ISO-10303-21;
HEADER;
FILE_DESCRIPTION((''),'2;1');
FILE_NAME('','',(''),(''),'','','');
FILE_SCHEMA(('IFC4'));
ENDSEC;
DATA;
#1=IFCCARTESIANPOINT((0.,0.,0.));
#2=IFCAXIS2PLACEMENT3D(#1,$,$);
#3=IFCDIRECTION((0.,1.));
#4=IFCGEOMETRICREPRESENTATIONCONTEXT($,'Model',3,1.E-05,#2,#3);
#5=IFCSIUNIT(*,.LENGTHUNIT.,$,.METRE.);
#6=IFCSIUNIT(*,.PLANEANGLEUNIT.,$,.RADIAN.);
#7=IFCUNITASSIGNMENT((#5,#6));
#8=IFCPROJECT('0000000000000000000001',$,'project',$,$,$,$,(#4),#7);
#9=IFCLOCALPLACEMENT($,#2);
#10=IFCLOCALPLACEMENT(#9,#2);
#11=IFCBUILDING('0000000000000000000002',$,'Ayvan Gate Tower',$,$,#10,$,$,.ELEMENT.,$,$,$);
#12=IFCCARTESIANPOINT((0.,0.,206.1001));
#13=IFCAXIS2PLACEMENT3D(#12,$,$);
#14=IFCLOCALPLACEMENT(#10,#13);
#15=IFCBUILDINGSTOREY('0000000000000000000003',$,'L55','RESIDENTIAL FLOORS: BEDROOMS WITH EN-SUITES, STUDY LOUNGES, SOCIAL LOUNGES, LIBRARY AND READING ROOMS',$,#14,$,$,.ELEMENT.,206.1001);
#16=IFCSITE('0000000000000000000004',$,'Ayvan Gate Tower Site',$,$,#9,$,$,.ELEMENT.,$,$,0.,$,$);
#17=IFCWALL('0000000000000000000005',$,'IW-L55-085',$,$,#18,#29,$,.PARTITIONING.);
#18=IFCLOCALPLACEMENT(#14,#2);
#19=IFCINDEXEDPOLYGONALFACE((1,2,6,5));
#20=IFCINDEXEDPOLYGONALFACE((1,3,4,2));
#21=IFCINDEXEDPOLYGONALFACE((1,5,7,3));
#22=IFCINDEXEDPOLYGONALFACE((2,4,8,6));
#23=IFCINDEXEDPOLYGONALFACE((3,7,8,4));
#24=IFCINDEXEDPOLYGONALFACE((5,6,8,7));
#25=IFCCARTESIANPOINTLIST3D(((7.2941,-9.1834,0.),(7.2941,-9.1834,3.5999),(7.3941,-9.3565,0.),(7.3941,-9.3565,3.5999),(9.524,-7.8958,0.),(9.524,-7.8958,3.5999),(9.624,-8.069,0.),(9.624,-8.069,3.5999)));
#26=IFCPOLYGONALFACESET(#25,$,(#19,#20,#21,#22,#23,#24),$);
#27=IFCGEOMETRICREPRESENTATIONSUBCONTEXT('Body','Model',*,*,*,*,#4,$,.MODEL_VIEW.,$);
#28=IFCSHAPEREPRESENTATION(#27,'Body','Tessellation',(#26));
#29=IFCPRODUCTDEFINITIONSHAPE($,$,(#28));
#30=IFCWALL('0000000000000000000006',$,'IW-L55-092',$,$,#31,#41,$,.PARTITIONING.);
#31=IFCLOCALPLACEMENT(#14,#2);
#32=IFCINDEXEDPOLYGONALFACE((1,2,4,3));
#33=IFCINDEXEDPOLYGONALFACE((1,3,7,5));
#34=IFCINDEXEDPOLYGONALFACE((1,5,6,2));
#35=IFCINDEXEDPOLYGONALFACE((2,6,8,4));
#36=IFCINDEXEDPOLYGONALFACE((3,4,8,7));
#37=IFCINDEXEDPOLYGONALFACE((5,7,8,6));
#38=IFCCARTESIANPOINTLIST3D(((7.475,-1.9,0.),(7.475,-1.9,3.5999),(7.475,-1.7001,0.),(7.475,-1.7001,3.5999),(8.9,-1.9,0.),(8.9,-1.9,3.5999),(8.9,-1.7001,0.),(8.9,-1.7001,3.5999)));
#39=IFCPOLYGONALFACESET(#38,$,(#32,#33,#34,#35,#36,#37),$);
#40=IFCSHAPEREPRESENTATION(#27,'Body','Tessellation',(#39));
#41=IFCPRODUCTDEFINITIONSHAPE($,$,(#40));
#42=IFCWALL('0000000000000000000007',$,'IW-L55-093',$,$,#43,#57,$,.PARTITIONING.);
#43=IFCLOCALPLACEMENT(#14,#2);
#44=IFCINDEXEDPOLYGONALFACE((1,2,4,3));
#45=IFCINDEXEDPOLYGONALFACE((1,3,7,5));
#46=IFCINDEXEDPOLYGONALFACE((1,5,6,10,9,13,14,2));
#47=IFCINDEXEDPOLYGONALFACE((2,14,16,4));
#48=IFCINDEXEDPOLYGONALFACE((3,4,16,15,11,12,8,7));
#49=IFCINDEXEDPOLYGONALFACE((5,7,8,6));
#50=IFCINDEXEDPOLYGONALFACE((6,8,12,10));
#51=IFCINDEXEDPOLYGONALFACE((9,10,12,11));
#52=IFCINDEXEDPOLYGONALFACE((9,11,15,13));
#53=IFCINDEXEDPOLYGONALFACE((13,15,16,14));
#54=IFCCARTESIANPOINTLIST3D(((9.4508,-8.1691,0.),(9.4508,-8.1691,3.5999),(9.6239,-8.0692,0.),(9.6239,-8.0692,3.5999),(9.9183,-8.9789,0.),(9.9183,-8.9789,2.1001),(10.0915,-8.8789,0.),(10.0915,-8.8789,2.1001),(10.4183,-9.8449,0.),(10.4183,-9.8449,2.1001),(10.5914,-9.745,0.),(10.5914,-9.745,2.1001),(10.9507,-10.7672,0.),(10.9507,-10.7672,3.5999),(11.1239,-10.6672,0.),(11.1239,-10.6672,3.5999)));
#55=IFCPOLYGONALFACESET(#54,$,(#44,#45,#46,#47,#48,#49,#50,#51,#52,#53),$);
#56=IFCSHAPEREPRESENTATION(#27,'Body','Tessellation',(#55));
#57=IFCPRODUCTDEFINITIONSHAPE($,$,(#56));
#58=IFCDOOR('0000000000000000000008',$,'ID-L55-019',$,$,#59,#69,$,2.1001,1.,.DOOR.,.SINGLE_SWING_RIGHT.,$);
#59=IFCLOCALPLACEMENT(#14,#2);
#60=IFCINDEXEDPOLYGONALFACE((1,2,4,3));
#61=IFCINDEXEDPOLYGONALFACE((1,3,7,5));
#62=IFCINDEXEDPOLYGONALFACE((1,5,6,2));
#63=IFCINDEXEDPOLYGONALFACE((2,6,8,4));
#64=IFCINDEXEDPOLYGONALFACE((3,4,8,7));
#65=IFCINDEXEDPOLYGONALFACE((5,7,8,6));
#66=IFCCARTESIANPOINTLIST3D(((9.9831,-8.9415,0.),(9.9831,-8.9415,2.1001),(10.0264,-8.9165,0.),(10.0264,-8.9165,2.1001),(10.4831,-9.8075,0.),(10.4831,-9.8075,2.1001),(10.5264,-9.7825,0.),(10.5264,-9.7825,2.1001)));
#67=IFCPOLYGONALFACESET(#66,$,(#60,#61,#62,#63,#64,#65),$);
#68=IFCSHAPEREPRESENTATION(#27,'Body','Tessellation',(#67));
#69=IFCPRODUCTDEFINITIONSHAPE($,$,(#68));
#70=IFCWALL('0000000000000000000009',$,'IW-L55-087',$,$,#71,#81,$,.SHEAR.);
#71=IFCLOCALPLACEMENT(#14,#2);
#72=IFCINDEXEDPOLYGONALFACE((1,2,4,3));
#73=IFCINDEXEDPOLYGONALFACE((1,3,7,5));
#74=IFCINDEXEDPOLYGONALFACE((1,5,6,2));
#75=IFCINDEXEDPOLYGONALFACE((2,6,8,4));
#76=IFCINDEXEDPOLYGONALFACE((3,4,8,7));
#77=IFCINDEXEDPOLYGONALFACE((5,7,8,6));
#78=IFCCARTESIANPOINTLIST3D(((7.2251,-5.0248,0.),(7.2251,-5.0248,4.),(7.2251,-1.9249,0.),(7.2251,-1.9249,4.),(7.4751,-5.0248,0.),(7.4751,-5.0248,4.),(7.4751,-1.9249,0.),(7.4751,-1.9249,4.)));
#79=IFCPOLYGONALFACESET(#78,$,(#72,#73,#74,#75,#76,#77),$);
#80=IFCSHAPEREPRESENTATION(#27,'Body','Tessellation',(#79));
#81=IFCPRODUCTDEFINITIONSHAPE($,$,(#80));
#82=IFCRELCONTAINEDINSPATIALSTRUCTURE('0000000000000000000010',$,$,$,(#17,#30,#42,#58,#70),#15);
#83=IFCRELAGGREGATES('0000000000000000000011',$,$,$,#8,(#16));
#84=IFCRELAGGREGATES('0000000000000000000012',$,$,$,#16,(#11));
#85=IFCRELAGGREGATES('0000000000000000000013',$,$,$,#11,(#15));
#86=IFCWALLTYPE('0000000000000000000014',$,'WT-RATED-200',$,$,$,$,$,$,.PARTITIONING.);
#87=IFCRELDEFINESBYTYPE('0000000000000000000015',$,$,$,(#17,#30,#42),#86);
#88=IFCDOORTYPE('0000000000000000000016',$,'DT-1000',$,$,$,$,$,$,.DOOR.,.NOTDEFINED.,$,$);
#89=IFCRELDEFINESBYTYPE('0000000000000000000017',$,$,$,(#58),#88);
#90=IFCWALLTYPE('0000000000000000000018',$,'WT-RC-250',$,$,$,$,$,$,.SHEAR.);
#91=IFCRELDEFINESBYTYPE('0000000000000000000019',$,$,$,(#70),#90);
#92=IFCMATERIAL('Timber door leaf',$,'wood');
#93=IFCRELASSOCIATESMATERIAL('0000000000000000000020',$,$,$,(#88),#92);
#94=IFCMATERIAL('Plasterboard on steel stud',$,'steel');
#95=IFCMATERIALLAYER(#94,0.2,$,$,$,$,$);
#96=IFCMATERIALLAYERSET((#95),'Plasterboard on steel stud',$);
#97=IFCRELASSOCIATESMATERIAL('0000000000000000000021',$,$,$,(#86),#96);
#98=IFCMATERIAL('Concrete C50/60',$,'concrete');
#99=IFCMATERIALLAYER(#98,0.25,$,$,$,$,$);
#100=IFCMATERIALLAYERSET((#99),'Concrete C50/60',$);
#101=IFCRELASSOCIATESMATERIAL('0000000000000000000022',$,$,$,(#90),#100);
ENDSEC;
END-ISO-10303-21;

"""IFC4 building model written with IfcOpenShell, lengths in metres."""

from ifc_helpers import new_model, si_unit, direction, frame, frame_2d, origin, place, context, subcontext, project, spatial, rectangle, extrude, material, layer, layer_set, type_object, element, fill, save


model = new_model("IFC4")

# Units and contexts
model_context = context("Model", 3, precision=1e-05, world=origin(), true_north=direction((0.0, 1.0)))
body_context = subcontext(model_context, "Body", "Model", "MODEL_VIEW")
ifc_project = project(units=[si_unit("LENGTHUNIT", "METRE"), si_unit("PLANEANGLEUNIT", "RADIAN")], contexts=[model_context])

# Site, building, storey
site_placement = place(None, origin())
site = spatial("IfcSite", under=ifc_project, at=site_placement, Name="Ayvan Gate Tower Site", CompositionType="ELEMENT", RefElevation=0.0)
building_placement = place(site_placement, origin())
building = spatial("IfcBuilding", under=site, at=building_placement, Name="Ayvan Gate Tower", CompositionType="ELEMENT")
storey_placement = place(building_placement, frame((0.0, 0.0, 206.1001)))
storey = spatial("IfcBuildingStorey", under=building, at=storey_placement, Name="L55", Description="RESIDENTIAL FLOORS: BEDROOMS WITH EN-SUITES, STUDY LOUNGES, SOCIAL LOUNGES, LIBRARY AND READING ROOMS", CompositionType="ELEMENT", Elevation=206.1001)

# Shared definitions
ifc_material_1 = material(Name="Timber door leaf", Category="wood")
ifc_material_2 = material(Name="Plasterboard on steel stud", Category="steel")
door_type_1 = type_object("IfcDoorType", Name="DT-1000", OperationType="NOTDEFINED", PredefinedType="DOOR", material=ifc_material_1)

# Walls
ifc_layer_1 = layer(ifc_material_2, 0.2)
ifc_layer_set_1 = layer_set([ifc_layer_1], Name="Plasterboard on steel stud")
wall_type_1 = type_object("IfcWallType", Name="WT-RATED-200", PredefinedType="PARTITIONING", material=ifc_layer_set_1)
wall_1_placement = place(storey_placement, frame((7.344, -9.27, 0.0), z_axis=(0.0, 0.0, 1.0), x_axis=(0.866006, 0.500034, 0.0)))
element("IfcWall", 1, at=wall_1_placement, inside=storey, type_object=wall_type_1, Name="IW-L55-085", PredefinedType="PARTITIONING", context=body_context, shape_type="SweptSolid", body=[
    extrude(rectangle(XDim=2.575, YDim=0.2, at=frame_2d((1.2876, 0.0))), origin(), (0.0, 0.0, 1.0), 3.5999),
])
wall_2_placement = place(storey_placement, frame((8.8999, -1.8, 0.0), z_axis=(0.0, 0.0, 1.0), x_axis=(-1.0, 0.0, 0.0)))
element("IfcWall", 2, at=wall_2_placement, inside=storey, type_object=wall_type_1, Name="IW-L55-092", PredefinedType="PARTITIONING", context=body_context, shape_type="SweptSolid", body=[
    extrude(rectangle(XDim=1.425, YDim=0.2, at=frame_2d((0.7124, 0.0))), origin(), (0.0, 0.0, 1.0), 3.5999),
])

# Wall, opening, door
wall_3_placement = place(storey_placement, frame((9.5374, -8.1191, 0.0), z_axis=(0.0, 0.0, 1.0), x_axis=(0.49999, -0.866031, 0.0)))
wall_3 = element("IfcWall", 3, at=wall_3_placement, inside=storey, type_object=wall_type_1, Name="IW-L55-093", PredefinedType="PARTITIONING", context=body_context, shape_type="SweptSolid", body=[
    extrude(rectangle(XDim=3.0, YDim=0.2, at=frame_2d((1.5, 0.0))), origin(), (0.0, 0.0, 1.0), 3.5999),
])
opening_1_placement = place(wall_3_placement, frame((0.9351, 0.0, 0.0)))
opening_1 = element("IfcOpeningElement", 4, at=opening_1_placement, cuts=wall_3, PredefinedType="OPENING", context=body_context, shape_type="SweptSolid", body=[
    extrude(rectangle(XDim=1.0, YDim=2.1001, at=frame_2d((0.5, 1.05))), frame((0.0, 0.1099, 0.0), z_axis=(0.0, -1.0, 0.0), x_axis=(1.0, 0.0, 0.0)), (0.0, 0.0, 1.0), 0.22),
])
door_1_placement = place(opening_1_placement, origin())
door_1 = element("IfcDoor", 5, at=door_1_placement, inside=storey, type_object=door_type_1, Name="ID-L55-019", OperationType="SINGLE_SWING_RIGHT", OverallHeight=2.1001, OverallWidth=1.0, PredefinedType="DOOR", context=body_context, shape_type="SweptSolid", body=[
    extrude(rectangle(XDim=1.0, YDim=2.1001, at=frame_2d((0.5, 1.05))), frame((0.0, 0.0249, 0.0), z_axis=(0.0, -1.0, 0.0), x_axis=(1.0, 0.0, 0.0)), (0.0, 0.0, 1.0), 0.05),
])
fill(opening_1, door_1)

# Wall
ifc_material_3 = material(Name="Concrete C50/60", Category="concrete")
ifc_layer_2 = layer(ifc_material_3, 0.25)
ifc_layer_set_2 = layer_set([ifc_layer_2], Name="Concrete C50/60")
wall_type_2 = type_object("IfcWallType", Name="WT-RC-250", PredefinedType="SHEAR", material=ifc_layer_set_2)
wall_4_placement = place(storey_placement, frame((7.3501, -1.925, 0.0), z_axis=(0.0, 0.0, 1.0), x_axis=(0.0, -1.0, 0.0)))
element("IfcWall", 6, at=wall_4_placement, inside=storey, type_object=wall_type_2, Name="IW-L55-087", PredefinedType="SHEAR", context=body_context, shape_type="SweptSolid", body=[
    extrude(rectangle(XDim=3.0999, YDim=0.25, at=frame_2d((1.5498, 0.0))), origin(), (0.0, 0.0, 1.0), 4.0),
])

save(model, "model.ifc")
